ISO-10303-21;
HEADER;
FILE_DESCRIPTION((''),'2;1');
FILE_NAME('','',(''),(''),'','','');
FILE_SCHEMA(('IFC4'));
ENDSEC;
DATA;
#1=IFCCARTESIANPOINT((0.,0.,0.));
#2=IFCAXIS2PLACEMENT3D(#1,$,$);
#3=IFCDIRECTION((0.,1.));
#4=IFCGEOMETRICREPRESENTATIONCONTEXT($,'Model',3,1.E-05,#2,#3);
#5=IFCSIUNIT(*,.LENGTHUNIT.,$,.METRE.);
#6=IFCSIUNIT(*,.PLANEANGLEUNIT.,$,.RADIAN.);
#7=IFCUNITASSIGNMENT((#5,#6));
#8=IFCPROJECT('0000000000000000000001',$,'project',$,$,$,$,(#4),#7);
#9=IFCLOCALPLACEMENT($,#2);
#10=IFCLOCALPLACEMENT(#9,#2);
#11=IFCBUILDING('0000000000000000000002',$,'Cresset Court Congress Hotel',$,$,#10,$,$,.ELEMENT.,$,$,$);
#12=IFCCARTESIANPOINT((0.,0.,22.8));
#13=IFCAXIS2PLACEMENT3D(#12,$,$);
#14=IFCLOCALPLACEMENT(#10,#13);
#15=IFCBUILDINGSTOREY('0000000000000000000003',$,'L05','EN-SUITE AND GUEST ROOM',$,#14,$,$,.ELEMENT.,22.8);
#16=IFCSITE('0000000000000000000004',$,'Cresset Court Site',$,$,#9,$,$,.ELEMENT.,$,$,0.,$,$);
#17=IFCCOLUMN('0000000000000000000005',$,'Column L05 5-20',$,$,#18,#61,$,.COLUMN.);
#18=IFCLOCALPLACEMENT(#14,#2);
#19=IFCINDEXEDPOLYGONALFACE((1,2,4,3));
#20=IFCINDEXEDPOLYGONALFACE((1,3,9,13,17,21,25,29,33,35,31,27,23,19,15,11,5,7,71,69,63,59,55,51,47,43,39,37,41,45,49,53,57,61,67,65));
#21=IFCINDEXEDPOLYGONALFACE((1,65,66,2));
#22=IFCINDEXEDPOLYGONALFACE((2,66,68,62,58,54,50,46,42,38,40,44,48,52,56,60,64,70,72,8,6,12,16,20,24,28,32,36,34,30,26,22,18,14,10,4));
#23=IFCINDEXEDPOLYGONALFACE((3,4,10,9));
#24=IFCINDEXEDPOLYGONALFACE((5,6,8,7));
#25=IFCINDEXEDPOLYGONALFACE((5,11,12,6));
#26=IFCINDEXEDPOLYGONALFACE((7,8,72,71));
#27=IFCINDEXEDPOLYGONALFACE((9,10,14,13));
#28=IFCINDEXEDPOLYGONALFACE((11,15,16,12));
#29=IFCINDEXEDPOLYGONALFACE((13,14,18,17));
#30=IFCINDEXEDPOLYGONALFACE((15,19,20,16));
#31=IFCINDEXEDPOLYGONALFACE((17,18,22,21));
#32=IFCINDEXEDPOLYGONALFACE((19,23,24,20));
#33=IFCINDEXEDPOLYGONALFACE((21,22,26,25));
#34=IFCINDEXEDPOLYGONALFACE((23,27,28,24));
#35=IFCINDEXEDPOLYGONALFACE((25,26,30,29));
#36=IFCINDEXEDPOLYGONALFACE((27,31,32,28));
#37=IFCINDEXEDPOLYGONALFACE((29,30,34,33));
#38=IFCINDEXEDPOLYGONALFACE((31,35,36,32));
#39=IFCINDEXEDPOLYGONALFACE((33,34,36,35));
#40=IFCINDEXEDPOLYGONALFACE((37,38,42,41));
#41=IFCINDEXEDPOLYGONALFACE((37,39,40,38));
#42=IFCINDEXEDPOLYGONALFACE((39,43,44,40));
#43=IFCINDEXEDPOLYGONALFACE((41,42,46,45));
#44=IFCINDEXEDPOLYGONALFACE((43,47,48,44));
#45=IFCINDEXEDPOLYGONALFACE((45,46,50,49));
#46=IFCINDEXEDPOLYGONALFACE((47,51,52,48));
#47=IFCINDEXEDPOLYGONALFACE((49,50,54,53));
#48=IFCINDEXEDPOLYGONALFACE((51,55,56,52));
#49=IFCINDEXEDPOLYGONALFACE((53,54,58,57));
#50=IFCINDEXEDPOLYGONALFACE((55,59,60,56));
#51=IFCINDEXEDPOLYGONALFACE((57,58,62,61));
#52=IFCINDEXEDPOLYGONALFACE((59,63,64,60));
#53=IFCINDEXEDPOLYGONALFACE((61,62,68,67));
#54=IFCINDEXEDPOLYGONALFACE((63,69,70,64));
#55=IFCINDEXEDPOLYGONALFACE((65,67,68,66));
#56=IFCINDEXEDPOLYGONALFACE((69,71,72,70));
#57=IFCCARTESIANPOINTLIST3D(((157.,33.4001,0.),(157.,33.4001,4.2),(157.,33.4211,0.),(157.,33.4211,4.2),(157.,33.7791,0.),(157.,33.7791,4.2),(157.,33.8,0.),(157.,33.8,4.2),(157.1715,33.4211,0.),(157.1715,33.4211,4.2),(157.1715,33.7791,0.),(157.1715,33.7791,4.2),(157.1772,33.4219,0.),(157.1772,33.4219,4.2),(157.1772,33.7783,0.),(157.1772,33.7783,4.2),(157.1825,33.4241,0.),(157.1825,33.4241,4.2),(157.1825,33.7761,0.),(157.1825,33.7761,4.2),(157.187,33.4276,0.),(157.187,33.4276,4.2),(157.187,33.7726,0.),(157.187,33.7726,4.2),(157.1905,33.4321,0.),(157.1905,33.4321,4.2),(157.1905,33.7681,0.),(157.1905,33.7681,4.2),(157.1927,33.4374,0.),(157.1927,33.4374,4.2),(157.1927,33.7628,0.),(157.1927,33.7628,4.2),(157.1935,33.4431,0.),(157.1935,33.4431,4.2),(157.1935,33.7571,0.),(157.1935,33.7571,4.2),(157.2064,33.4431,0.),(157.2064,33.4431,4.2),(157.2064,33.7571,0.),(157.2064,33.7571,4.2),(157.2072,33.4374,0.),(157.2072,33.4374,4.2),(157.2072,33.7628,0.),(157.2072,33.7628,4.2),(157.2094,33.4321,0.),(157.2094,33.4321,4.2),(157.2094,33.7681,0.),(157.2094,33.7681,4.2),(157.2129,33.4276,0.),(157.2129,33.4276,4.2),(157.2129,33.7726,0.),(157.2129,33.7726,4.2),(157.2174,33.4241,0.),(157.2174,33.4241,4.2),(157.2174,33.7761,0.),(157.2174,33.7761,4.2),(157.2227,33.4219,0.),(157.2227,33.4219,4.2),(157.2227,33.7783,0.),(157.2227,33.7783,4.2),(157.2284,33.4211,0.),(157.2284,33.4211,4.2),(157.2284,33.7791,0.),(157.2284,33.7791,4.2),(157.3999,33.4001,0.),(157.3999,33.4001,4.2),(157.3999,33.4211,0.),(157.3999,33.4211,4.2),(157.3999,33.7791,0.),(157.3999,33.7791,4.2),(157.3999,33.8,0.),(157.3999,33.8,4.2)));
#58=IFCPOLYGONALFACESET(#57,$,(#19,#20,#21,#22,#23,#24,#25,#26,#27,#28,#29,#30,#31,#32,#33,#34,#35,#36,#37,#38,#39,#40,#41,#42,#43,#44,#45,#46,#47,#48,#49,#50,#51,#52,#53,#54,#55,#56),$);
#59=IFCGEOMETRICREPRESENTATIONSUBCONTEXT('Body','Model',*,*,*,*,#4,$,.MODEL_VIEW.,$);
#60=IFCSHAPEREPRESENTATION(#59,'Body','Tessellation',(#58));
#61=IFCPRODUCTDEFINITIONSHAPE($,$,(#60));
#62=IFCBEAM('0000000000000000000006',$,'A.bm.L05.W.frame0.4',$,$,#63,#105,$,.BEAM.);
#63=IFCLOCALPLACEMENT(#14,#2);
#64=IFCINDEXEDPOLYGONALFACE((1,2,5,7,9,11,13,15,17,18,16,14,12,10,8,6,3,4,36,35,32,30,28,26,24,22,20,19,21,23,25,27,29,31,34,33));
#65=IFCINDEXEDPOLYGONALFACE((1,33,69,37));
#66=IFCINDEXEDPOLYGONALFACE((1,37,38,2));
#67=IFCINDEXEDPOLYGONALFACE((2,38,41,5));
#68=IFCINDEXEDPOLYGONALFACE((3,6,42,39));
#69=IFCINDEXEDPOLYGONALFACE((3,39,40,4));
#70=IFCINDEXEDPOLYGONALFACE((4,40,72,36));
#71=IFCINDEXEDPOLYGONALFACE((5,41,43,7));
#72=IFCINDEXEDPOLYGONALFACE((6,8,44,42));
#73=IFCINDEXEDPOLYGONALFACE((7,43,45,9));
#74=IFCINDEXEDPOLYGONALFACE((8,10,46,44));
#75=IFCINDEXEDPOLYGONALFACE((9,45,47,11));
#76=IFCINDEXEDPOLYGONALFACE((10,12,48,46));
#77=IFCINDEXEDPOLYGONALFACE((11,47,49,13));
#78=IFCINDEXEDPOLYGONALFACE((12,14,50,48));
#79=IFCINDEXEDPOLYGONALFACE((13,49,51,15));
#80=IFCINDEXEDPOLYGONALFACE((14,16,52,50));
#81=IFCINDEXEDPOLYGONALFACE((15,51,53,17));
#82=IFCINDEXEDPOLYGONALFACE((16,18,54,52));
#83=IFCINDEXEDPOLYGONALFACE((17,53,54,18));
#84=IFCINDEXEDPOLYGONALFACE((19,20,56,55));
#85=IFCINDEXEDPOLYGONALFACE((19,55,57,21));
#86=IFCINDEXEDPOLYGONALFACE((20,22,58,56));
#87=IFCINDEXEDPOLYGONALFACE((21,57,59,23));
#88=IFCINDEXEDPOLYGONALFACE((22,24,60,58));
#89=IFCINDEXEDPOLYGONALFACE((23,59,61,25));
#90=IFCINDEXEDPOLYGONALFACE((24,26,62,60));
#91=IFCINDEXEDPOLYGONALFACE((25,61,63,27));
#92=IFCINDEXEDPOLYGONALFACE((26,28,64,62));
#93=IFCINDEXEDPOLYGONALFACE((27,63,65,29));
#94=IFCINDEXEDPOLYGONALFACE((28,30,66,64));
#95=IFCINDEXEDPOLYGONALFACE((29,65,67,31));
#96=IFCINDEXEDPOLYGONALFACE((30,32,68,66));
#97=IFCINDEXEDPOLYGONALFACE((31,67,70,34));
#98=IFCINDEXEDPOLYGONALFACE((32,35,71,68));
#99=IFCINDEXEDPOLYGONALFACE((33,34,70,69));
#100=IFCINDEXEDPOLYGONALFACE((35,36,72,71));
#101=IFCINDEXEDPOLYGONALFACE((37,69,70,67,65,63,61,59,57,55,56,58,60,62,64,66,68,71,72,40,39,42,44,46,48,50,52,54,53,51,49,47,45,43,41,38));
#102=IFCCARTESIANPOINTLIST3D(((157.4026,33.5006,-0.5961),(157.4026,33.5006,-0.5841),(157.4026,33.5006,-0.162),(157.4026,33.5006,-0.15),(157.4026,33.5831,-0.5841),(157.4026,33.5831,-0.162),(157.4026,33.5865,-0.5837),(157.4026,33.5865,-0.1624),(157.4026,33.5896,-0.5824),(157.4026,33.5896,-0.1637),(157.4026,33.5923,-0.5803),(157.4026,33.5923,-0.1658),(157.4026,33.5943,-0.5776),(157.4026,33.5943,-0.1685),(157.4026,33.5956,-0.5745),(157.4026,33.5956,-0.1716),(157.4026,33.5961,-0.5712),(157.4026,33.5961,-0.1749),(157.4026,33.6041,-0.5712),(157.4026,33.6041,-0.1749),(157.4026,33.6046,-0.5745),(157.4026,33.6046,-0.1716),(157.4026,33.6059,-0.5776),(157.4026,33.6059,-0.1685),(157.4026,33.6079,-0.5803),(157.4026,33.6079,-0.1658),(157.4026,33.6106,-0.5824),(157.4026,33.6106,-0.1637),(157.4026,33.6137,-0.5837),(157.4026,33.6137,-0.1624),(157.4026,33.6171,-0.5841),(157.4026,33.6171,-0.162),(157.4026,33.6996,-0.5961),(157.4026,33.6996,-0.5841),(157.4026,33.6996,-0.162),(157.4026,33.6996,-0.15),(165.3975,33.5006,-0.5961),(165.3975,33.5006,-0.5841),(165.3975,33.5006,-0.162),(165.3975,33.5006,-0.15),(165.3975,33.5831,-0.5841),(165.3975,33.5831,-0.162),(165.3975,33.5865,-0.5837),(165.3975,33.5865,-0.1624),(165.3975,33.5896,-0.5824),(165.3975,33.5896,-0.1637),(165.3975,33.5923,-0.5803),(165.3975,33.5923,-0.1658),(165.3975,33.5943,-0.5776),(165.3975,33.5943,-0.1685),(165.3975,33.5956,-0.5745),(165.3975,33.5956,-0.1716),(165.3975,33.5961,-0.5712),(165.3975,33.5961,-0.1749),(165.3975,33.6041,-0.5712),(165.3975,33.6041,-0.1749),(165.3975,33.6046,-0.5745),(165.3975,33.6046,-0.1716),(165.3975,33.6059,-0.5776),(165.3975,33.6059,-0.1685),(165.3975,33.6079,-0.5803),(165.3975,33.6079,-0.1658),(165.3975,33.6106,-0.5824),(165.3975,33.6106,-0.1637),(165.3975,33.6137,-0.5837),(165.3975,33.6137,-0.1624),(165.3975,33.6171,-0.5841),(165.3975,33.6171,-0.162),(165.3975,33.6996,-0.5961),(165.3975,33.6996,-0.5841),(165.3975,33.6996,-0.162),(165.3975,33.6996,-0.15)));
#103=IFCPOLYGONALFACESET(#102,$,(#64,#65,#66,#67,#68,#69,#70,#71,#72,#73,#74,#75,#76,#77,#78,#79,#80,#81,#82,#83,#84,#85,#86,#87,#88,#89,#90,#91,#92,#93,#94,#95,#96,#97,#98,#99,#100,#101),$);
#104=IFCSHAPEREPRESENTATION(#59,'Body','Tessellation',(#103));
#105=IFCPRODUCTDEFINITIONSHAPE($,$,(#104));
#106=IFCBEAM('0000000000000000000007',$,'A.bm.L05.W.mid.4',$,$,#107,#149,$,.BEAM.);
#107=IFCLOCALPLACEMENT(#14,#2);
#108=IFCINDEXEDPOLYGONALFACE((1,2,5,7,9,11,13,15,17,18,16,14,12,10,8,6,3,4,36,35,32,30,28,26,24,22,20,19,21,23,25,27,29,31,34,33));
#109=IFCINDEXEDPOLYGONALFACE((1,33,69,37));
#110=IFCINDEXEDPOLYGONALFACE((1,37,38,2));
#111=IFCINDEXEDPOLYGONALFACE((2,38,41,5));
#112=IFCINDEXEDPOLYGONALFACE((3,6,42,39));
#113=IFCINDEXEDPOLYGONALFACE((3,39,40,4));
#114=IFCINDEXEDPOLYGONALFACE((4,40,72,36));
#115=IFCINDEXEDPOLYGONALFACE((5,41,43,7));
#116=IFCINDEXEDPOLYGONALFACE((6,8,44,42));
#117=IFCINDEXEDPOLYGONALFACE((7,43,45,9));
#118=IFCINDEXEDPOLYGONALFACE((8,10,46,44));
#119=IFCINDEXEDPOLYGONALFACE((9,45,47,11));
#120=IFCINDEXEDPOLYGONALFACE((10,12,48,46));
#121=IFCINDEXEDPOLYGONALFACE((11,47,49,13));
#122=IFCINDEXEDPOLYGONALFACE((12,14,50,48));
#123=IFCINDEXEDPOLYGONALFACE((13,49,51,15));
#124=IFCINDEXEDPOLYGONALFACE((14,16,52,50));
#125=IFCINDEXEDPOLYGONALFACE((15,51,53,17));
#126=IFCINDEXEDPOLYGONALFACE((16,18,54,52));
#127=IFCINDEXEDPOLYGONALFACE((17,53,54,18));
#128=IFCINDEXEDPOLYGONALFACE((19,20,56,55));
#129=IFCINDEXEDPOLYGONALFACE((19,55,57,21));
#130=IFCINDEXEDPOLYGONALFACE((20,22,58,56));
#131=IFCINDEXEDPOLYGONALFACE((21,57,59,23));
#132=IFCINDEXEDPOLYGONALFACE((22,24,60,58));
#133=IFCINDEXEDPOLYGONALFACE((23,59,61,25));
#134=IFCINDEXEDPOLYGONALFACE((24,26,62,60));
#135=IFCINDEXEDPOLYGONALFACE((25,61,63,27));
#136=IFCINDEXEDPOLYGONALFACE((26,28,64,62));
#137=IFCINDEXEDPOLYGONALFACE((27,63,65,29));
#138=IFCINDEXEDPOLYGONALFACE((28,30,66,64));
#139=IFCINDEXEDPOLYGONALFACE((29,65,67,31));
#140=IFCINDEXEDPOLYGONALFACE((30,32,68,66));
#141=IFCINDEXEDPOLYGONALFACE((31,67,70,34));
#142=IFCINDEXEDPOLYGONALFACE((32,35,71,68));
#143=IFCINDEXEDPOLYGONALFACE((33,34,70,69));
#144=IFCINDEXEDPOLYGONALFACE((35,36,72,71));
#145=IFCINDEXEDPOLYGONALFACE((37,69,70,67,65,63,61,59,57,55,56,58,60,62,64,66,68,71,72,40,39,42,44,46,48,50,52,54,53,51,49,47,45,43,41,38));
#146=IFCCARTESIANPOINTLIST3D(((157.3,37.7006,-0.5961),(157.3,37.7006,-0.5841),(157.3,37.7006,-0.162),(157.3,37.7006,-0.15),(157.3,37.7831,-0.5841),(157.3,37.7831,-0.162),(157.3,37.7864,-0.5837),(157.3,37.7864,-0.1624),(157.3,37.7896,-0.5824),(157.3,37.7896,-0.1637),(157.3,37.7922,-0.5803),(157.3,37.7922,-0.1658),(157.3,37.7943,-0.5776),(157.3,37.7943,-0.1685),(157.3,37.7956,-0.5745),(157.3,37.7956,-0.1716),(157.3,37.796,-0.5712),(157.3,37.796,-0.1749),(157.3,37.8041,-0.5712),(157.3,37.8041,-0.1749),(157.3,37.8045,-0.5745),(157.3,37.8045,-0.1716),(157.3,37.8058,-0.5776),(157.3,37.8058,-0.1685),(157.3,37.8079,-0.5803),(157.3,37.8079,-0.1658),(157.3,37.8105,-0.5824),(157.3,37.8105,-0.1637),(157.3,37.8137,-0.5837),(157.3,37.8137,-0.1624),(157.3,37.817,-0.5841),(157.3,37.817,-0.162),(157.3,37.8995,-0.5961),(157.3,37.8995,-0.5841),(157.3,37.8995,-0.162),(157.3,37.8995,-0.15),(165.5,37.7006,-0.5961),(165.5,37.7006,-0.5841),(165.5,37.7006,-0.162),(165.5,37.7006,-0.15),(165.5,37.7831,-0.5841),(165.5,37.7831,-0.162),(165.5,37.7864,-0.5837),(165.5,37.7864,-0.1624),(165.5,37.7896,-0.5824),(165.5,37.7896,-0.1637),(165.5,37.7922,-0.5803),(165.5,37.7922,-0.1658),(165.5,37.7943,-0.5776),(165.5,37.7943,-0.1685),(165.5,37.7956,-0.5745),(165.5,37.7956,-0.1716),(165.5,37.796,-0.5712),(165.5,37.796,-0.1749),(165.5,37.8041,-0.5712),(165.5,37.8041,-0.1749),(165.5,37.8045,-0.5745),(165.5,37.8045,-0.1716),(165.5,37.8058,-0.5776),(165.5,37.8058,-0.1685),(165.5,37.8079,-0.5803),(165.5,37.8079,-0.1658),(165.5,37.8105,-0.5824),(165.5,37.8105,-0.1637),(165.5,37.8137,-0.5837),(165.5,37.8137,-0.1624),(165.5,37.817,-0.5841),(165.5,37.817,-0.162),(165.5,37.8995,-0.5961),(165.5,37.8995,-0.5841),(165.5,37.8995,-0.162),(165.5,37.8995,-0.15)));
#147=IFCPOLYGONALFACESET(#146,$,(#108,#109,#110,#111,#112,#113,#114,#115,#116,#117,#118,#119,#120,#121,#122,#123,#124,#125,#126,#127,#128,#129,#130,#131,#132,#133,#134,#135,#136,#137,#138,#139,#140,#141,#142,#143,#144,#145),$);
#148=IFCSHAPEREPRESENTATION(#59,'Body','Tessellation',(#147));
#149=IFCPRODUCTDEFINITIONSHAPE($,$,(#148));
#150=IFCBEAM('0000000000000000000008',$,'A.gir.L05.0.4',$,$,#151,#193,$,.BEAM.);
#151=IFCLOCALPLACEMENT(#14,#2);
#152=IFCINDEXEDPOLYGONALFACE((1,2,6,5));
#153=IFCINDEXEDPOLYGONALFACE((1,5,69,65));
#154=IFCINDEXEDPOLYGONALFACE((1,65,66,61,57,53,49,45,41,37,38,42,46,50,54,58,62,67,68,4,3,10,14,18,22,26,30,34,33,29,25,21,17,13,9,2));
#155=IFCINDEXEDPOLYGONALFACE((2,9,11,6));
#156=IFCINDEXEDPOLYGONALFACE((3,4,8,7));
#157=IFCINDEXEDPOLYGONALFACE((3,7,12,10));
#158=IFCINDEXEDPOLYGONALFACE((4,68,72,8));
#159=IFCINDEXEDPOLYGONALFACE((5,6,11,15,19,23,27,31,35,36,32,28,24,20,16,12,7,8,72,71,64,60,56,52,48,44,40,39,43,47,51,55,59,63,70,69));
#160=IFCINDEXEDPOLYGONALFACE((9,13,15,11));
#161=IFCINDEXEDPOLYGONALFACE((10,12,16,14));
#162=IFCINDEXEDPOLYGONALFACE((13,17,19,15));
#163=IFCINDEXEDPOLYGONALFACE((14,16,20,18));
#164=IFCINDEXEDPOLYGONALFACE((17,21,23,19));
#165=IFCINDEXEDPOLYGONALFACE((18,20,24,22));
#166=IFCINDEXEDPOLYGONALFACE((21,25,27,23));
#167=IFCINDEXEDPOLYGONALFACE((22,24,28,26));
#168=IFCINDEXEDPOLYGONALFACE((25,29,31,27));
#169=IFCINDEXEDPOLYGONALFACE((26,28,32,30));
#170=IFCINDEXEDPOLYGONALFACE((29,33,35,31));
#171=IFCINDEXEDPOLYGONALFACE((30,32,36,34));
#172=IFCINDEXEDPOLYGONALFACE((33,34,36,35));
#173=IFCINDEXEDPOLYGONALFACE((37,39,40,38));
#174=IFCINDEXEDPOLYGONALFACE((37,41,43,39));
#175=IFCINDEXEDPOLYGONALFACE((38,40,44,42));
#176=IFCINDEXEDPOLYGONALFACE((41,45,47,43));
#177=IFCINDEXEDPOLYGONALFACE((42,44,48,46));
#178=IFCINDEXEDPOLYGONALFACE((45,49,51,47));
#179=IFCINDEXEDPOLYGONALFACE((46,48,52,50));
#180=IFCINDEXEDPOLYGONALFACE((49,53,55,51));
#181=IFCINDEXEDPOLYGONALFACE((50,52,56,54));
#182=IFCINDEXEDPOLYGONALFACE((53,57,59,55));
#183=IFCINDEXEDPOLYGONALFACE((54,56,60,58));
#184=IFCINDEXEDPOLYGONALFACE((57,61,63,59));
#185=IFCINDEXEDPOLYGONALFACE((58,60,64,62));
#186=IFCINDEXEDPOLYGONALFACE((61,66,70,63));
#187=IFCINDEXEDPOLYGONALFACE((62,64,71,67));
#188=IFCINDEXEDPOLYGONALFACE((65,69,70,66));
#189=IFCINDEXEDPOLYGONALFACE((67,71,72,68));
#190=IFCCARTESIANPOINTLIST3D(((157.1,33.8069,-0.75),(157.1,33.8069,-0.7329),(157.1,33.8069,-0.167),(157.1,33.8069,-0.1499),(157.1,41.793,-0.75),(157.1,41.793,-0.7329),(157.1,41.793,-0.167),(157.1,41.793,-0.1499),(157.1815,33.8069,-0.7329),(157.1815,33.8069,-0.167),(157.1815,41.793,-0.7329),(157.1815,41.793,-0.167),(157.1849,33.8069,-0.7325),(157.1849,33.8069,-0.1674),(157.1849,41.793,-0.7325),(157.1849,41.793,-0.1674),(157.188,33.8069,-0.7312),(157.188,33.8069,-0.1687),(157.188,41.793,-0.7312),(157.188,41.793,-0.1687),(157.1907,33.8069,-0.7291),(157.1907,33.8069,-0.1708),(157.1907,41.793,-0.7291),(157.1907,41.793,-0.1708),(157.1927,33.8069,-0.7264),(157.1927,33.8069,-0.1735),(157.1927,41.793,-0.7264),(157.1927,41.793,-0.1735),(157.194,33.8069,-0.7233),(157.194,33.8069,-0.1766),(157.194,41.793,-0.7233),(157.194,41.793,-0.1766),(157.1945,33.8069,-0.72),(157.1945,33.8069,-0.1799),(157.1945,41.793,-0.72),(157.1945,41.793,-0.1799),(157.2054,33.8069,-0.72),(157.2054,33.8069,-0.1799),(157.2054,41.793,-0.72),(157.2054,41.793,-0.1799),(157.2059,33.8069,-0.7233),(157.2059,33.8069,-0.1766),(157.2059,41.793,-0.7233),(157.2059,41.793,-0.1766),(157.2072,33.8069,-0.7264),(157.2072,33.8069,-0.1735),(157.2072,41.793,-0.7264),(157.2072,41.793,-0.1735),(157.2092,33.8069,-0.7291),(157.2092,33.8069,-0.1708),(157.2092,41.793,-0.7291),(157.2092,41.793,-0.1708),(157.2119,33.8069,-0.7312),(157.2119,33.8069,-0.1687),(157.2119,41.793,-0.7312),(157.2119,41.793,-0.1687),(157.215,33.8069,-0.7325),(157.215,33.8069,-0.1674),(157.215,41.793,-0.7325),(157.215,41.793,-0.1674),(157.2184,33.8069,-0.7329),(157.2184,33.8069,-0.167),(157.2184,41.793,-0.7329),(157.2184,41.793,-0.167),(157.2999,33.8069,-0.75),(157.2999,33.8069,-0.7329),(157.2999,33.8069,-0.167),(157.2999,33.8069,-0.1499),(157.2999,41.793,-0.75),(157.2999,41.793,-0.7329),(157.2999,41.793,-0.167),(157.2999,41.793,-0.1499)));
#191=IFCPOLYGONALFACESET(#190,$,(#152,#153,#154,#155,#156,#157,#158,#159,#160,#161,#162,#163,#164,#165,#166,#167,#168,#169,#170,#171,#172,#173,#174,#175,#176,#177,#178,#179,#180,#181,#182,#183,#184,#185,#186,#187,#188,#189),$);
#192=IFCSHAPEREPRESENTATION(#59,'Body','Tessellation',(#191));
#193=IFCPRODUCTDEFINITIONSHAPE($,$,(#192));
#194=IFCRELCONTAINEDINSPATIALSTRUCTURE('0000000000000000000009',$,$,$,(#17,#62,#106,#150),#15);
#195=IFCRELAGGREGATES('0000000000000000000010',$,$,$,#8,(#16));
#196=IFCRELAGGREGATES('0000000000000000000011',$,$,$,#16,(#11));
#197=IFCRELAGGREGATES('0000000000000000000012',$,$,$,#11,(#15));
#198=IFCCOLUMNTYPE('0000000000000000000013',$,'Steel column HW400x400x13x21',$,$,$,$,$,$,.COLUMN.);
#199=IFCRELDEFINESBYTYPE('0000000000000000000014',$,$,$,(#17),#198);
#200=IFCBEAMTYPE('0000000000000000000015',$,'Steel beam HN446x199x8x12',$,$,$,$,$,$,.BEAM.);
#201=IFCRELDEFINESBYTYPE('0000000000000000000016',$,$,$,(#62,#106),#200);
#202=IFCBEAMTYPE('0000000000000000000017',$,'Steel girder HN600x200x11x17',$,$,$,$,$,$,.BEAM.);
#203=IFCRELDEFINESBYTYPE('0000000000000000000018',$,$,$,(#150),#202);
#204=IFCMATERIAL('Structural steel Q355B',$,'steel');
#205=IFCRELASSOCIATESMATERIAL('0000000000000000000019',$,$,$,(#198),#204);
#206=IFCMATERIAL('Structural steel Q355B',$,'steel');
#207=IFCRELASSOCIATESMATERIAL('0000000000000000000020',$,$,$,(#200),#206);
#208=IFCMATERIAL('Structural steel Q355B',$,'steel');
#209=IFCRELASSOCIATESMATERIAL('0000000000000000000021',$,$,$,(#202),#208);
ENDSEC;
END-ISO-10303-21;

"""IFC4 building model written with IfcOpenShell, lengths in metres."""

from ifc_helpers import new_model, si_unit, direction, frame, origin, origin_2d, place, context, subcontext, project, spatial, i_section, extrude, material, material_profile, profile_set, type_object, element, save


model = new_model("IFC4")

# Units and contexts
model_context = context("Model", 3, precision=1e-05, world=origin(), true_north=direction((0.0, 1.0)))
body_context = subcontext(model_context, "Body", "Model", "MODEL_VIEW")
ifc_project = project(units=[si_unit("LENGTHUNIT", "METRE"), si_unit("PLANEANGLEUNIT", "RADIAN")], contexts=[model_context])

# Site, building, storey
site_placement = place(None, origin())
site = spatial("IfcSite", under=ifc_project, at=site_placement, Name="Cresset Court Site", CompositionType="ELEMENT", RefElevation=0.0)
building_placement = place(site_placement, origin())
building = spatial("IfcBuilding", under=site, at=building_placement, Name="Cresset Court Congress Hotel", CompositionType="ELEMENT")
storey_placement = place(building_placement, frame((0.0, 0.0, 22.8)))
storey = spatial("IfcBuildingStorey", under=building, at=storey_placement, Name="L05", Description="EN-SUITE AND GUEST ROOM", CompositionType="ELEMENT", Elevation=22.8)

# Column
ifc_material_1 = material(Name="Structural steel Q355B", Category="steel")
ifc_material_profile_1 = material_profile(ifc_material_1, i_section(OverallWidth=0.3999, OverallDepth=0.3999, WebThickness=0.0129, FlangeThickness=0.021, FilletRadius=0.022, at=origin_2d()), Name="HW400x400x13x21")
ifc_profile_set_1 = profile_set([ifc_material_profile_1], Name="Structural steel Q355B")
column_type = type_object("IfcColumnType", Name="Steel column HW400x400x13x21", PredefinedType="COLUMN", material=ifc_profile_set_1)
column_placement = place(storey_placement, frame((157.2, 33.6001, 0.0), z_axis=(0.0, 0.0, 1.0), x_axis=(1.0, 0.0, 0.0)))
element("IfcColumn", 1, at=column_placement, inside=storey, type_object=column_type, Name="Column L05 5-20", PredefinedType="COLUMN", context=body_context, shape_type="SweptSolid", body=[
    extrude(i_section(OverallWidth=0.3999, OverallDepth=0.3999, WebThickness=0.0129, FlangeThickness=0.021, FilletRadius=0.022, at=origin_2d()), origin(), (0.0, 0.0, 1.0), 4.2),
])

# Beams
ifc_material_2 = material(Name="Structural steel Q355B", Category="steel")
ifc_material_profile_2 = material_profile(ifc_material_2, i_section(OverallWidth=0.199, OverallDepth=0.446, WebThickness=0.0081, FlangeThickness=0.012, FilletRadius=0.0129, at=origin_2d()), Name="HN446x199x8x12")
ifc_profile_set_2 = profile_set([ifc_material_profile_2], Name="Structural steel Q355B")
beam_type_1 = type_object("IfcBeamType", Name="Steel beam HN446x199x8x12", PredefinedType="BEAM", material=ifc_profile_set_2)
beam_1_placement = place(storey_placement, frame((157.4026, 33.6001, -0.373), z_axis=(1.0, 0.0, 0.0), x_axis=(0.0, 1.0, 0.0)))
element("IfcBeam", 2, at=beam_1_placement, inside=storey, type_object=beam_type_1, Name="A.bm.L05.W.frame0.4", PredefinedType="BEAM", context=body_context, shape_type="SweptSolid", body=[
    extrude(i_section(OverallWidth=0.199, OverallDepth=0.446, WebThickness=0.0081, FlangeThickness=0.012, FilletRadius=0.0129, at=origin_2d()), origin(), (0.0, 0.0, 1.0), 7.9949),
])
beam_2_placement = place(storey_placement, frame((157.3, 37.8, -0.373), z_axis=(1.0, 0.0, 0.0), x_axis=(0.0, 1.0, 0.0)))
element("IfcBeam", 3, at=beam_2_placement, inside=storey, type_object=beam_type_1, Name="A.bm.L05.W.mid.4", PredefinedType="BEAM", context=body_context, shape_type="SweptSolid", body=[
    extrude(i_section(OverallWidth=0.199, OverallDepth=0.446, WebThickness=0.0081, FlangeThickness=0.012, FilletRadius=0.0129, at=origin_2d()), origin(), (0.0, 0.0, 1.0), 8.2),
])
ifc_material_3 = material(Name="Structural steel Q355B", Category="steel")
ifc_material_profile_3 = material_profile(ifc_material_3, i_section(OverallWidth=0.2, OverallDepth=0.6001, WebThickness=0.011, FlangeThickness=0.0171, FilletRadius=0.0129, at=origin_2d()), Name="HN600x200x11x17")
ifc_profile_set_3 = profile_set([ifc_material_profile_3], Name="Structural steel Q355B")
beam_type_2 = type_object("IfcBeamType", Name="Steel girder HN600x200x11x17", PredefinedType="BEAM", material=ifc_profile_set_3)
beam_3_placement = place(storey_placement, frame((157.2, 33.8069, -0.45), z_axis=(0.0, 1.0, 0.0), x_axis=(-1.0, 0.0, 0.0)))
element("IfcBeam", 4, at=beam_3_placement, inside=storey, type_object=beam_type_2, Name="A.gir.L05.0.4", PredefinedType="BEAM", context=body_context, shape_type="SweptSolid", body=[
    extrude(i_section(OverallWidth=0.2, OverallDepth=0.6001, WebThickness=0.011, FlangeThickness=0.0171, FilletRadius=0.0129, at=origin_2d()), origin(), (0.0, 0.0, 1.0), 7.9861),
])

save(model, "model.ifc")
